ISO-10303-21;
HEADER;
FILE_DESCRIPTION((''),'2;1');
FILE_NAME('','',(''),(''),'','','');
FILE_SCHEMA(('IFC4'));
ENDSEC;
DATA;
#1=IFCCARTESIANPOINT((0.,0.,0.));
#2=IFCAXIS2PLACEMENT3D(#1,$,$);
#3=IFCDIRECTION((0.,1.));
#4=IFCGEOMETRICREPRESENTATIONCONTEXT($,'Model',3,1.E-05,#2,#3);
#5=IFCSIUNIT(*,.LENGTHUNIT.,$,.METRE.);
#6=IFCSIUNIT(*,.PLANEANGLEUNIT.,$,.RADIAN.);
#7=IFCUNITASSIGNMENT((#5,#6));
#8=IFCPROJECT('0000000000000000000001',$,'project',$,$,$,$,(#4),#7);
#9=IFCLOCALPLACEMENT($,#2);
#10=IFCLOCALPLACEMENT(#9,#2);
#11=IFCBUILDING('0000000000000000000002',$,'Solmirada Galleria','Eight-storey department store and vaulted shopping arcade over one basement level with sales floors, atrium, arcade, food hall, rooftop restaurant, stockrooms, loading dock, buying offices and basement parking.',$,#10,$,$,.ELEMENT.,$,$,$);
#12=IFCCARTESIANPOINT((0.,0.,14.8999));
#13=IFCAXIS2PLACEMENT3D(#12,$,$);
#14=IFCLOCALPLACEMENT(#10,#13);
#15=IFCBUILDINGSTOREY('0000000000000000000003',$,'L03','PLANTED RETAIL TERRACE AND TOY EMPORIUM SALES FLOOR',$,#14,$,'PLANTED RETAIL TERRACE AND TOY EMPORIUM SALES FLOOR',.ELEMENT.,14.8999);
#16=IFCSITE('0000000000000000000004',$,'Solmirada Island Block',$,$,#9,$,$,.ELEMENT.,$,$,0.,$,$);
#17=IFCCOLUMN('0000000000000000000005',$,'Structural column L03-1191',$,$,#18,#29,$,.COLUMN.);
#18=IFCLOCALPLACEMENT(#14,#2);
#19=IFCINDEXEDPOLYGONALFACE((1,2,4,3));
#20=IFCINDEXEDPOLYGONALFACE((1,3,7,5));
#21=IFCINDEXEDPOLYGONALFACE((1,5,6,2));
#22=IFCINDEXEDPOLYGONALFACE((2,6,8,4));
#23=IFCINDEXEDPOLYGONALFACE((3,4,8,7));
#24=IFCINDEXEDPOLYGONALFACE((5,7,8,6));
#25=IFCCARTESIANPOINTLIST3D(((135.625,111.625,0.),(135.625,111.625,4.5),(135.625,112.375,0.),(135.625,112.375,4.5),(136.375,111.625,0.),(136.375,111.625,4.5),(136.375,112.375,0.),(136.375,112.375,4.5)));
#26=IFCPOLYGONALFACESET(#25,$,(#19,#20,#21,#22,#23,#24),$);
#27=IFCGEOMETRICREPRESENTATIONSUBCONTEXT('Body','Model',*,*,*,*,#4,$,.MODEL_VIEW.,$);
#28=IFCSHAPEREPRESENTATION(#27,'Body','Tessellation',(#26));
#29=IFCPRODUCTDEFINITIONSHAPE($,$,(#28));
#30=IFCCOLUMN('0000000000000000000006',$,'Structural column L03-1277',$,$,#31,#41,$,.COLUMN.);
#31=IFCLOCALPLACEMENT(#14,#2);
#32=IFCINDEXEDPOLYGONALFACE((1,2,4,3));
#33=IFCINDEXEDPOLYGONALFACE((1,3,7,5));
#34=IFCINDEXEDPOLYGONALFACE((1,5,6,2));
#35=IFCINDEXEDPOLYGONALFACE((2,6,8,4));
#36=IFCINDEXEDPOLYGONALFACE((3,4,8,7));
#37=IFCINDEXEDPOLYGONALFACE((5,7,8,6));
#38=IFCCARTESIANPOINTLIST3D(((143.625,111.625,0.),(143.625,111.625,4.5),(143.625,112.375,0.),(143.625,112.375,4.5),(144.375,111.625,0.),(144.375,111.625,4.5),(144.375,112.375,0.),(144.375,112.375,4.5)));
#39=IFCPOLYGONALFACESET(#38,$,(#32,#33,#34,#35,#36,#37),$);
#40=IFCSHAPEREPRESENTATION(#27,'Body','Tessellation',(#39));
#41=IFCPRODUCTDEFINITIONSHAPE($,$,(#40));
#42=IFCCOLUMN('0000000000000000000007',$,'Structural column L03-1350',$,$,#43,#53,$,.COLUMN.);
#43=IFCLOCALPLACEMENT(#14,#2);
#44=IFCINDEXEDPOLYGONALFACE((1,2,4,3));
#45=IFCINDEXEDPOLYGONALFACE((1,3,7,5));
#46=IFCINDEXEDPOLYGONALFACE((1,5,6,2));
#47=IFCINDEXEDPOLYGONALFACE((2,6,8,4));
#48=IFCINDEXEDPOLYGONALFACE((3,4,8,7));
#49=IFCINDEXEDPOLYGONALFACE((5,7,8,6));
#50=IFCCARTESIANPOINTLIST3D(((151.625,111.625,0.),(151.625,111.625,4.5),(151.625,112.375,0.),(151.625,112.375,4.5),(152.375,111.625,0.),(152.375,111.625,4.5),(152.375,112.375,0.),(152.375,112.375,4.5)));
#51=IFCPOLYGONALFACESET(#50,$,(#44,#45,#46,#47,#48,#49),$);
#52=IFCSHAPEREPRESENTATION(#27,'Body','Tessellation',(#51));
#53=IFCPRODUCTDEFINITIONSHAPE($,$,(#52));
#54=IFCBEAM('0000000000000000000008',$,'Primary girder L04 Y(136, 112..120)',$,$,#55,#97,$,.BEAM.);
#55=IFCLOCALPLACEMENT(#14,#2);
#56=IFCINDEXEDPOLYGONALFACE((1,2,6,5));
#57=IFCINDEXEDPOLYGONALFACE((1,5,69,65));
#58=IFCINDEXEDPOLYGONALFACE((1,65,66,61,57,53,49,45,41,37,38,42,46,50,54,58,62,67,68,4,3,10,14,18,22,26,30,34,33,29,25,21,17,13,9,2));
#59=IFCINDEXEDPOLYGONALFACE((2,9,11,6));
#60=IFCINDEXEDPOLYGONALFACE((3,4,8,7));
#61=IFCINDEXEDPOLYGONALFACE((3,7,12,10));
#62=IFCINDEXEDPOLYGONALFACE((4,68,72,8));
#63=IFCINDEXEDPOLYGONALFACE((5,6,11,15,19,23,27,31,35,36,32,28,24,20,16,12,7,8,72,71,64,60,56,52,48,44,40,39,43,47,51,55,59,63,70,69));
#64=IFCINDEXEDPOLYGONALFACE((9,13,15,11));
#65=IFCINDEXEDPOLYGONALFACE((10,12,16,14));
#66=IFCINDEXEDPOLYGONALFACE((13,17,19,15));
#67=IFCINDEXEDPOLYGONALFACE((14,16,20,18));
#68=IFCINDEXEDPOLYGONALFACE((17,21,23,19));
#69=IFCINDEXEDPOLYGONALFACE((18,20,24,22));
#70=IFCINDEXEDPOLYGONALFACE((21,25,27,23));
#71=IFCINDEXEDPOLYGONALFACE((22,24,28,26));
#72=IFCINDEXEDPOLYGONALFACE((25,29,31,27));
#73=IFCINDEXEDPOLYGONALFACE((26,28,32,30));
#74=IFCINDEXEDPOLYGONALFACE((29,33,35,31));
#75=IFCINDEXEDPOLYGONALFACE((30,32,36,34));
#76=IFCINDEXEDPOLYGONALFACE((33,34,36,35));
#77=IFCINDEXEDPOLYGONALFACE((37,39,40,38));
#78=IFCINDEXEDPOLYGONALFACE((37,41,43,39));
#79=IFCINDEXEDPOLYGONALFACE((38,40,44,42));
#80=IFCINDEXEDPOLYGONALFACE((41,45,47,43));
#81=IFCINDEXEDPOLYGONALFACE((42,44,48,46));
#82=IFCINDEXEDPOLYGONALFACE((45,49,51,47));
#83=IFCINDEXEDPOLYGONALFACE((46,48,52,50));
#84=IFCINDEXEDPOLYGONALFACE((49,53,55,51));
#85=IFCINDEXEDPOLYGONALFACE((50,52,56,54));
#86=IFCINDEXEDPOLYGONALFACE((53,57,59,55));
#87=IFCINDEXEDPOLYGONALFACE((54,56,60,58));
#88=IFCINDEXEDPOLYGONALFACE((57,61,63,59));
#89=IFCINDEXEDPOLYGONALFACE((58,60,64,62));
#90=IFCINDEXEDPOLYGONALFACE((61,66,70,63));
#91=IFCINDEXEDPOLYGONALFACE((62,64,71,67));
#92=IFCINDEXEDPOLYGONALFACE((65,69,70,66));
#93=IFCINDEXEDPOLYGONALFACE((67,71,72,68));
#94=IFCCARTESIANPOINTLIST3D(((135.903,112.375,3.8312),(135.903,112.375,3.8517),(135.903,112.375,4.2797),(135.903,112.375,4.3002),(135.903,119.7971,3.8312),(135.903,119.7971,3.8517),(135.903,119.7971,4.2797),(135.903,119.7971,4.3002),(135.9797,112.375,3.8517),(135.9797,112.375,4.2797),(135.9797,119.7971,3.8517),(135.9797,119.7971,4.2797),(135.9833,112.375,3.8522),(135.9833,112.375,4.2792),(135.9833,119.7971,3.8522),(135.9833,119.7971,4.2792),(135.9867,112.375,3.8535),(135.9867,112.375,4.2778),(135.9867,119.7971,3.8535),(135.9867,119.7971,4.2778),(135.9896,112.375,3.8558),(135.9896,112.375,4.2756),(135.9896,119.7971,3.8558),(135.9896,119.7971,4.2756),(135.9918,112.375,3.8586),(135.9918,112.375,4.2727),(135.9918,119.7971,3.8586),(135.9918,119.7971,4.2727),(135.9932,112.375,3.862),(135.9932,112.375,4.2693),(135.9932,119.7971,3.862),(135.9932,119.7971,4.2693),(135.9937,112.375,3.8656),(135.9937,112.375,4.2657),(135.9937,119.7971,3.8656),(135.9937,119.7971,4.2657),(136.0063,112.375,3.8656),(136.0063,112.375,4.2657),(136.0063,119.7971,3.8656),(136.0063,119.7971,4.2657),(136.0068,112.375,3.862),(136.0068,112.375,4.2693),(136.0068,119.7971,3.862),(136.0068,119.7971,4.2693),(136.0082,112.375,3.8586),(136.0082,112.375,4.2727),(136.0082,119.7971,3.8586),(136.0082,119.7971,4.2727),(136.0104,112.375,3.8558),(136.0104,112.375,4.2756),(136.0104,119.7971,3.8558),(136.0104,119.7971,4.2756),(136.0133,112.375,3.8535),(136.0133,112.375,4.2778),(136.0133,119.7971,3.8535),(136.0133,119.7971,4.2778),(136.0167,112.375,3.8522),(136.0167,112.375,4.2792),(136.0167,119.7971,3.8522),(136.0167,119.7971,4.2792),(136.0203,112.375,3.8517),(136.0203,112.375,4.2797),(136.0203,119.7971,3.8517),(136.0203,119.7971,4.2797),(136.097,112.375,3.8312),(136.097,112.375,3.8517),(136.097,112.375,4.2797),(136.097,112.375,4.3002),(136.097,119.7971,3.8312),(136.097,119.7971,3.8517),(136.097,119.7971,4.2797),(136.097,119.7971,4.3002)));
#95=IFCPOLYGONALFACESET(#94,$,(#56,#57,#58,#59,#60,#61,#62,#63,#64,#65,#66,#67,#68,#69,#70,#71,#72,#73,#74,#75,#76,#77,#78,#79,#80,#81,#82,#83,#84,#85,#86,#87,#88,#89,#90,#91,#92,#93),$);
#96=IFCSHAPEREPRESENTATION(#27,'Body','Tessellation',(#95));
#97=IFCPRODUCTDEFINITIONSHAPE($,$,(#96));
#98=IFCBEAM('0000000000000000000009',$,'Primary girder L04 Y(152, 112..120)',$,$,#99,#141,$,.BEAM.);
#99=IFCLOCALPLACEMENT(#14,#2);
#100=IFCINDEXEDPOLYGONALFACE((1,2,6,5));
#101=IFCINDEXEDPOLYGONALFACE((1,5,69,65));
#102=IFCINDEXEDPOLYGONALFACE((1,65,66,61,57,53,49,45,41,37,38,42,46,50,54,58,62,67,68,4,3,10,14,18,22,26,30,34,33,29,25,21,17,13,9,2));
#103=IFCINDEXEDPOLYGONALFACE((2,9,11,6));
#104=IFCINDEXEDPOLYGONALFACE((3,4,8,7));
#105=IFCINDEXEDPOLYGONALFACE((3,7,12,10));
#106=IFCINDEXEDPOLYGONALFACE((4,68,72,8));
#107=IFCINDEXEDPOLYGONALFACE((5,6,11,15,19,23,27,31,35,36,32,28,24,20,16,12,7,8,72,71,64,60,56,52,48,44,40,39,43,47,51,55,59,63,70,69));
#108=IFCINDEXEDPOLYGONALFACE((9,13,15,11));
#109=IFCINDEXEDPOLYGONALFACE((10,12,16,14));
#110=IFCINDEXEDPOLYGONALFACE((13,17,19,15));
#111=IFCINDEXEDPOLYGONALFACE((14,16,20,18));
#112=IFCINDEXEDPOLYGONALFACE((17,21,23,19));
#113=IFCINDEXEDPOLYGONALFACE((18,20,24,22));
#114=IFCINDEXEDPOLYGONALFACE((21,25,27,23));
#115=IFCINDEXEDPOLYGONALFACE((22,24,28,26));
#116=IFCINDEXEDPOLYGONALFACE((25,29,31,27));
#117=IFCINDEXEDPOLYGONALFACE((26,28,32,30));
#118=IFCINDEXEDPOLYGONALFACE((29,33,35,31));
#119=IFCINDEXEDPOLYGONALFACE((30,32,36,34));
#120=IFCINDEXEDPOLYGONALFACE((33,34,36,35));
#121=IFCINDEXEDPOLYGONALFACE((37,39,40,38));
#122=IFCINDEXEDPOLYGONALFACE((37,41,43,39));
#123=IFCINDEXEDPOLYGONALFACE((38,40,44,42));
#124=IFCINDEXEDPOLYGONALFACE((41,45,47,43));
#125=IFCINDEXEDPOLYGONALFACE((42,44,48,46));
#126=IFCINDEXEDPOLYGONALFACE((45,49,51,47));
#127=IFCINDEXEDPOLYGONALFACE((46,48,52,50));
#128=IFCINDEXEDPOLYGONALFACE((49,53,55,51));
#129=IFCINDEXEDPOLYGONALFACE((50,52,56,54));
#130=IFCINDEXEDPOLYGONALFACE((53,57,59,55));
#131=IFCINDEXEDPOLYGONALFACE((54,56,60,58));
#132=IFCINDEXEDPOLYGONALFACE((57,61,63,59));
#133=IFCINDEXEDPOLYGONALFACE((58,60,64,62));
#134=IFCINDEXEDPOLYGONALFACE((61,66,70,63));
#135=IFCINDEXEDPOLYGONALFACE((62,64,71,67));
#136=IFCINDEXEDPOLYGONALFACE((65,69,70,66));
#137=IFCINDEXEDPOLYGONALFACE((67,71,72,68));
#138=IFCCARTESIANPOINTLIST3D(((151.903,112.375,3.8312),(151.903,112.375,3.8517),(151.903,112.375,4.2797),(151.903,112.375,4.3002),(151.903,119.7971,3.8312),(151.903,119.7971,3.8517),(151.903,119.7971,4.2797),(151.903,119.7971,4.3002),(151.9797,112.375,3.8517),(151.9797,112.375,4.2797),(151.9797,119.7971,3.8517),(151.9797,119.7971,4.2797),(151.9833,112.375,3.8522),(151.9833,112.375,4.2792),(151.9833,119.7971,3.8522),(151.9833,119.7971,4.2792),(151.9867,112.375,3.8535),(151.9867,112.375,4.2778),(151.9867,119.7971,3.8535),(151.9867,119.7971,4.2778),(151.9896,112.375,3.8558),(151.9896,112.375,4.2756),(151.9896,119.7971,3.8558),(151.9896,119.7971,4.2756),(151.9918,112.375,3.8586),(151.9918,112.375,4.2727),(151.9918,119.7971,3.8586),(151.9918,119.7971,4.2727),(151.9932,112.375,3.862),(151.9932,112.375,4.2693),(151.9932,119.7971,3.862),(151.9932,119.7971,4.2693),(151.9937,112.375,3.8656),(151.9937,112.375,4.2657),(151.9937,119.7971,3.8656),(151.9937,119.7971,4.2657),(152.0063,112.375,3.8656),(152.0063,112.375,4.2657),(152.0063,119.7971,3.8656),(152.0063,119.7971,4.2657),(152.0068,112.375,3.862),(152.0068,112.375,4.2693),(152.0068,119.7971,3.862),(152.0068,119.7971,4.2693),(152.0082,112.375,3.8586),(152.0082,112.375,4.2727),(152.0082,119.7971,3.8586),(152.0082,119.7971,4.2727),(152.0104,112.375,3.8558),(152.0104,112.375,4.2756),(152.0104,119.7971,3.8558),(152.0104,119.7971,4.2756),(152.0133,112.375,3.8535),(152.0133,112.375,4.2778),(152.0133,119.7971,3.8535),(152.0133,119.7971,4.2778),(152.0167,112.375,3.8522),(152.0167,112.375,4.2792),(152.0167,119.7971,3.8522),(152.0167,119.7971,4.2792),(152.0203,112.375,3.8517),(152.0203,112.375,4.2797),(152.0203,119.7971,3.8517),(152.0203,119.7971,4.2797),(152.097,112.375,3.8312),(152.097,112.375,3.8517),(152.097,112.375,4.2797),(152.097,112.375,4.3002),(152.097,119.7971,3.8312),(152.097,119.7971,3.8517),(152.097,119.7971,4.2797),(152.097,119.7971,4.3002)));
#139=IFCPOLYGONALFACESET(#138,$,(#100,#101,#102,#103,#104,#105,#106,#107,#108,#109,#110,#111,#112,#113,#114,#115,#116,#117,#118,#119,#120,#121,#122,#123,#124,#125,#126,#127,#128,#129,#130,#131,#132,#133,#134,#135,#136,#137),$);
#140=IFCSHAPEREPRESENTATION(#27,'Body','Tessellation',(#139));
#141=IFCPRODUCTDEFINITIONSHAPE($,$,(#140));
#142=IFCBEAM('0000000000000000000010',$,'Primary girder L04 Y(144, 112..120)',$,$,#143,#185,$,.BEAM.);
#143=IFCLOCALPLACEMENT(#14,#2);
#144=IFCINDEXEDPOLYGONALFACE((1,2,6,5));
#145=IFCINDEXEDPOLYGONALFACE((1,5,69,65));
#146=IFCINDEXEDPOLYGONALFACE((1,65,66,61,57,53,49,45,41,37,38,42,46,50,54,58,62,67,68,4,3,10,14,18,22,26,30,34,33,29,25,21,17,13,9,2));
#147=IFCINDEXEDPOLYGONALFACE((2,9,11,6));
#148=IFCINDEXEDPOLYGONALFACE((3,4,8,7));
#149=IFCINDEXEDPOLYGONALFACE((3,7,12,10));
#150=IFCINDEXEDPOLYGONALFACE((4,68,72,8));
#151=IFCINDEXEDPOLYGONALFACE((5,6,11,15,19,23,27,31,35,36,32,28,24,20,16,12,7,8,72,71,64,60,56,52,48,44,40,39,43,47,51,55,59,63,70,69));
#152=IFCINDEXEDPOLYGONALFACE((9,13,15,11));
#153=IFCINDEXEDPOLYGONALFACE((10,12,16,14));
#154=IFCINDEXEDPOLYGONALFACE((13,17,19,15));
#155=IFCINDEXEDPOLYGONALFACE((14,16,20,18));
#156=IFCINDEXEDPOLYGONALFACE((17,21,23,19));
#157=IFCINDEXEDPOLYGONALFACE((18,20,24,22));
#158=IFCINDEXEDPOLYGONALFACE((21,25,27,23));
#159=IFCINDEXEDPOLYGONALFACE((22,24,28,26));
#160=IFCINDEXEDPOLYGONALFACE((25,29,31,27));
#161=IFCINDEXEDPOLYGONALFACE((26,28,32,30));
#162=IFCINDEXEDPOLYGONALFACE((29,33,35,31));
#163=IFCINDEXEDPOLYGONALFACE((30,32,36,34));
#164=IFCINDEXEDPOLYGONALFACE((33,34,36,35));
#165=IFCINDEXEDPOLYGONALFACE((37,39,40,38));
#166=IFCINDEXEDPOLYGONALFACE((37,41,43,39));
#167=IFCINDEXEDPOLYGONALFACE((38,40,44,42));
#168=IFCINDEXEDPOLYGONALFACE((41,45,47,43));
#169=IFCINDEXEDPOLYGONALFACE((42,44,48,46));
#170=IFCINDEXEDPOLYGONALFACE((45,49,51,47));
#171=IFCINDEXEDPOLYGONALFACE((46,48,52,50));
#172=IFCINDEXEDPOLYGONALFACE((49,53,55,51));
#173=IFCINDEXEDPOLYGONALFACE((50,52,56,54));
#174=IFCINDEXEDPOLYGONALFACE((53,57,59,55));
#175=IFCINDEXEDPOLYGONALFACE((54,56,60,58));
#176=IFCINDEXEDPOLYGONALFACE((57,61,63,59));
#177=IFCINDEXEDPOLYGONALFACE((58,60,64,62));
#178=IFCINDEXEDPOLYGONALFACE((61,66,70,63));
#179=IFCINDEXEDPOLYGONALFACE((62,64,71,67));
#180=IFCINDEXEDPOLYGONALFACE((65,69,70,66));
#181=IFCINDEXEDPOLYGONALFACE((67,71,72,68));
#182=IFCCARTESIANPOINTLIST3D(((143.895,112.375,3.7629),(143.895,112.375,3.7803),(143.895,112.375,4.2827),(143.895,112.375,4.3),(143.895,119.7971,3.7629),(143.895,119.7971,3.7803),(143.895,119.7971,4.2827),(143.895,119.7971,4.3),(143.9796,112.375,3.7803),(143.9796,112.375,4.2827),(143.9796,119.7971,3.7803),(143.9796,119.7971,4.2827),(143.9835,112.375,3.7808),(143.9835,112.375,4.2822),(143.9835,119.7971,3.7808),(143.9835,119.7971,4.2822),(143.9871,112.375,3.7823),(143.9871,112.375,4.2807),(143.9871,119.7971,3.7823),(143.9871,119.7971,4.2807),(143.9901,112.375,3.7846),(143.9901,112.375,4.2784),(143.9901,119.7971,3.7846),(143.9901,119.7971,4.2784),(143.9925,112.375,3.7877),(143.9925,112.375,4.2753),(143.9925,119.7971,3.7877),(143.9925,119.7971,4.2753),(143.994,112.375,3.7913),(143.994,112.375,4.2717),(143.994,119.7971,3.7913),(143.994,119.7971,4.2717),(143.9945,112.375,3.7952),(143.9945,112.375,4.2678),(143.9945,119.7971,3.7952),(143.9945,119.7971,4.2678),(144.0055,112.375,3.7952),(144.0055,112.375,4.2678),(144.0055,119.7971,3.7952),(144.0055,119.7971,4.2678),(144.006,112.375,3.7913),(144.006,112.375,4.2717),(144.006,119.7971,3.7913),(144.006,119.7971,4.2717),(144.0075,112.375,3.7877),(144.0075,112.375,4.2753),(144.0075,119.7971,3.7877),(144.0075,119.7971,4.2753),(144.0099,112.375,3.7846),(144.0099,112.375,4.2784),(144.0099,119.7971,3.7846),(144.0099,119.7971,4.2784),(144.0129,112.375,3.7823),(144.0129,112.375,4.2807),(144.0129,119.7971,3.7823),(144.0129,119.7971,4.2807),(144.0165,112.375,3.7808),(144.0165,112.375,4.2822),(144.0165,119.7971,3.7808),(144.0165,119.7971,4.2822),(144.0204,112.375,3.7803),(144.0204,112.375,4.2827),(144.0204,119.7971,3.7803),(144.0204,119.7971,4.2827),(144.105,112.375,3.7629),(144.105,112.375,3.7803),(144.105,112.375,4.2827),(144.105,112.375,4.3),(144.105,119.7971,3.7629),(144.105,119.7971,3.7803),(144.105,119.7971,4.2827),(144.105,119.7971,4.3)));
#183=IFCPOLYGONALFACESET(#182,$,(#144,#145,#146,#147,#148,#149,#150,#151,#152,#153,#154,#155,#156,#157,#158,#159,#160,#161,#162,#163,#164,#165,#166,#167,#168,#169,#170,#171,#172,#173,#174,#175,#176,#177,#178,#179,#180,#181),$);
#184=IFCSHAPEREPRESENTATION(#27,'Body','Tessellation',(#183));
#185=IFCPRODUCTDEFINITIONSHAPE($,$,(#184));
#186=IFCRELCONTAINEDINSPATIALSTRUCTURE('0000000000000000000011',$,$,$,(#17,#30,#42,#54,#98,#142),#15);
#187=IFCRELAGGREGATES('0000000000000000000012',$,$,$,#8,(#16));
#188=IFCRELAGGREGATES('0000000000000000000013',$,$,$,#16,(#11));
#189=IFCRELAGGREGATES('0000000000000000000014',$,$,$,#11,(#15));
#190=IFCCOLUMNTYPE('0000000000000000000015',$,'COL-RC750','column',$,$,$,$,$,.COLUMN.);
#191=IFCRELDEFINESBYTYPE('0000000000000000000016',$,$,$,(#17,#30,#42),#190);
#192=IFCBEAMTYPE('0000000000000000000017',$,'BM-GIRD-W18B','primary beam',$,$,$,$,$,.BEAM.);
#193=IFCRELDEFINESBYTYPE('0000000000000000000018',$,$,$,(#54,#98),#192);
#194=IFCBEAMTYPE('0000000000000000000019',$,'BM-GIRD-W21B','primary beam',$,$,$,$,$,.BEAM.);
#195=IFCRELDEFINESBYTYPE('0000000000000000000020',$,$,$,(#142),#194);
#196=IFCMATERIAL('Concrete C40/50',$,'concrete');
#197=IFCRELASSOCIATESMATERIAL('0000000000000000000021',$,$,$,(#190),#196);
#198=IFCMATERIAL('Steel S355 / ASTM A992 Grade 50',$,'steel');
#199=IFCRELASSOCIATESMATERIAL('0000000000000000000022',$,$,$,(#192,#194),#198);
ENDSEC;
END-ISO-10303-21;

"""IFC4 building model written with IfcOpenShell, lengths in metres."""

from ifc_helpers import new_model, si_unit, direction, frame, origin, origin_2d, place, context, subcontext, project, spatial, rectangle, i_section, extrude, material, material_profile, profile_set, type_object, element, save


model = new_model("IFC4")

# Units and contexts
model_context = context("Model", 3, precision=1e-05, world=origin(), true_north=direction((0.0, 1.0)))
body_context = subcontext(model_context, "Body", "Model", "MODEL_VIEW")
ifc_project = project(units=[si_unit("LENGTHUNIT", "METRE"), si_unit("PLANEANGLEUNIT", "RADIAN")], contexts=[model_context])

# Site, building, storey
site_placement = place(None, origin())
site = spatial("IfcSite", under=ifc_project, at=site_placement, Name="Solmirada Island Block", CompositionType="ELEMENT", RefElevation=0.0)
building_placement = place(site_placement, origin())
building = spatial("IfcBuilding", under=site, at=building_placement, Name="Solmirada Galleria", Description="Eight-storey department store and vaulted shopping arcade over one basement level with sales floors, atrium, arcade, food hall, rooftop restaurant, stockrooms, loading dock, buying offices and basement parking.", CompositionType="ELEMENT")
storey_placement = place(building_placement, frame((0.0, 0.0, 14.8999)))
storey = spatial("IfcBuildingStorey", under=building, at=storey_placement, Name="L03", Description="PLANTED RETAIL TERRACE AND TOY EMPORIUM SALES FLOOR", LongName="PLANTED RETAIL TERRACE AND TOY EMPORIUM SALES FLOOR", CompositionType="ELEMENT", Elevation=14.8999)

# Columns
ifc_material_1 = material(Name="Concrete C40/50", Category="concrete")
ifc_material_profile_1 = material_profile(ifc_material_1, rectangle(XDim=0.75, YDim=0.75, at=origin_2d()), Name="RC750X750")
ifc_profile_set_1 = profile_set([ifc_material_profile_1], Name="Concrete C40/50")
column_type_1 = type_object("IfcColumnType", Name="COL-RC750", Description="column", PredefinedType="COLUMN", material=ifc_profile_set_1)
for number, where, z_axis, x_axis, name in (
    (1, (136.0, 112.0, 0.0), (0.0, 0.0, 1.0), (1.0, 0.0, 0.0), "Structural column L03-1191"),
    (2, (144.0, 112.0, 0.0), (0.0, 0.0, 1.0), (1.0, 0.0, 0.0), "Structural column L03-1277"),
    (3, (152.0, 112.0, 0.0), (0.0, 0.0, 1.0), (1.0, 0.0, 0.0), "Structural column L03-1350"),
):
    element("IfcColumn", number, at=place(storey_placement, frame(where, z_axis=z_axis, x_axis=x_axis)), inside=storey, type_object=column_type_1, Name=name, PredefinedType="COLUMN", context=body_context, shape_type="SweptSolid", body=[
        extrude(rectangle(XDim=0.75, YDim=0.75, at=origin_2d()), origin(), (0.0, 0.0, 1.0), 4.5),
    ])

# Beams
ifc_material_2 = material(Name="Steel S355 / ASTM A992 Grade 50", Category="steel")
ifc_material_profile_2 = material_profile(ifc_material_2, i_section(OverallWidth=0.1941, OverallDepth=0.469, WebThickness=0.0127, FlangeThickness=0.0205, FilletRadius=0.0139, at=origin_2d()), Name="W18X71")
ifc_profile_set_2 = profile_set([ifc_material_profile_2], Name="Steel S355 / ASTM A992 Grade 50")
beam_type_1 = type_object("IfcBeamType", Name="BM-GIRD-W18B", Description="primary beam", PredefinedType="BEAM", material=ifc_profile_set_2)
for number, where, z_axis, x_axis, name in (
    (4, (136.0, 112.375, 4.0657), (0.0, 1.0, 0.0), (-1.0, 0.0, 0.0), "Primary girder L04 Y(136, 112..120)"),
    (5, (152.0, 112.375, 4.0657), (0.0, 1.0, 0.0), (-1.0, 0.0, 0.0), "Primary girder L04 Y(152, 112..120)"),
):
    element("IfcBeam", number, at=place(storey_placement, frame(where, z_axis=z_axis, x_axis=x_axis)), inside=storey, type_object=beam_type_1, Name=name, PredefinedType="BEAM", context=body_context, shape_type="SweptSolid", body=[
        extrude(i_section(OverallWidth=0.1941, OverallDepth=0.469, WebThickness=0.0127, FlangeThickness=0.0205, FilletRadius=0.0139, at=origin_2d()), origin(), (0.0, 0.0, 1.0), 7.4221),
    ])
ifc_material_profile_3 = material_profile(ifc_material_2, i_section(OverallWidth=0.21, OverallDepth=0.5371, WebThickness=0.011, FlangeThickness=0.0173, FilletRadius=0.0149, at=origin_2d()), Name="W21X68")
ifc_profile_set_3 = profile_set([ifc_material_profile_3], Name="Steel S355 / ASTM A992 Grade 50")
beam_type_2 = type_object("IfcBeamType", Name="BM-GIRD-W21B", Description="primary beam", PredefinedType="BEAM", material=ifc_profile_set_3)
beam_placement = place(storey_placement, frame((144.0, 112.375, 4.0315), z_axis=(0.0, 1.0, 0.0), x_axis=(-1.0, 0.0, 0.0)))
element("IfcBeam", 6, at=beam_placement, inside=storey, type_object=beam_type_2, Name="Primary girder L04 Y(144, 112..120)", PredefinedType="BEAM", context=body_context, shape_type="SweptSolid", body=[
    extrude(i_section(OverallWidth=0.21, OverallDepth=0.5371, WebThickness=0.011, FlangeThickness=0.0173, FilletRadius=0.0149, at=origin_2d()), origin(), (0.0, 0.0, 1.0), 7.4221),
])

save(model, "model.ifc")
